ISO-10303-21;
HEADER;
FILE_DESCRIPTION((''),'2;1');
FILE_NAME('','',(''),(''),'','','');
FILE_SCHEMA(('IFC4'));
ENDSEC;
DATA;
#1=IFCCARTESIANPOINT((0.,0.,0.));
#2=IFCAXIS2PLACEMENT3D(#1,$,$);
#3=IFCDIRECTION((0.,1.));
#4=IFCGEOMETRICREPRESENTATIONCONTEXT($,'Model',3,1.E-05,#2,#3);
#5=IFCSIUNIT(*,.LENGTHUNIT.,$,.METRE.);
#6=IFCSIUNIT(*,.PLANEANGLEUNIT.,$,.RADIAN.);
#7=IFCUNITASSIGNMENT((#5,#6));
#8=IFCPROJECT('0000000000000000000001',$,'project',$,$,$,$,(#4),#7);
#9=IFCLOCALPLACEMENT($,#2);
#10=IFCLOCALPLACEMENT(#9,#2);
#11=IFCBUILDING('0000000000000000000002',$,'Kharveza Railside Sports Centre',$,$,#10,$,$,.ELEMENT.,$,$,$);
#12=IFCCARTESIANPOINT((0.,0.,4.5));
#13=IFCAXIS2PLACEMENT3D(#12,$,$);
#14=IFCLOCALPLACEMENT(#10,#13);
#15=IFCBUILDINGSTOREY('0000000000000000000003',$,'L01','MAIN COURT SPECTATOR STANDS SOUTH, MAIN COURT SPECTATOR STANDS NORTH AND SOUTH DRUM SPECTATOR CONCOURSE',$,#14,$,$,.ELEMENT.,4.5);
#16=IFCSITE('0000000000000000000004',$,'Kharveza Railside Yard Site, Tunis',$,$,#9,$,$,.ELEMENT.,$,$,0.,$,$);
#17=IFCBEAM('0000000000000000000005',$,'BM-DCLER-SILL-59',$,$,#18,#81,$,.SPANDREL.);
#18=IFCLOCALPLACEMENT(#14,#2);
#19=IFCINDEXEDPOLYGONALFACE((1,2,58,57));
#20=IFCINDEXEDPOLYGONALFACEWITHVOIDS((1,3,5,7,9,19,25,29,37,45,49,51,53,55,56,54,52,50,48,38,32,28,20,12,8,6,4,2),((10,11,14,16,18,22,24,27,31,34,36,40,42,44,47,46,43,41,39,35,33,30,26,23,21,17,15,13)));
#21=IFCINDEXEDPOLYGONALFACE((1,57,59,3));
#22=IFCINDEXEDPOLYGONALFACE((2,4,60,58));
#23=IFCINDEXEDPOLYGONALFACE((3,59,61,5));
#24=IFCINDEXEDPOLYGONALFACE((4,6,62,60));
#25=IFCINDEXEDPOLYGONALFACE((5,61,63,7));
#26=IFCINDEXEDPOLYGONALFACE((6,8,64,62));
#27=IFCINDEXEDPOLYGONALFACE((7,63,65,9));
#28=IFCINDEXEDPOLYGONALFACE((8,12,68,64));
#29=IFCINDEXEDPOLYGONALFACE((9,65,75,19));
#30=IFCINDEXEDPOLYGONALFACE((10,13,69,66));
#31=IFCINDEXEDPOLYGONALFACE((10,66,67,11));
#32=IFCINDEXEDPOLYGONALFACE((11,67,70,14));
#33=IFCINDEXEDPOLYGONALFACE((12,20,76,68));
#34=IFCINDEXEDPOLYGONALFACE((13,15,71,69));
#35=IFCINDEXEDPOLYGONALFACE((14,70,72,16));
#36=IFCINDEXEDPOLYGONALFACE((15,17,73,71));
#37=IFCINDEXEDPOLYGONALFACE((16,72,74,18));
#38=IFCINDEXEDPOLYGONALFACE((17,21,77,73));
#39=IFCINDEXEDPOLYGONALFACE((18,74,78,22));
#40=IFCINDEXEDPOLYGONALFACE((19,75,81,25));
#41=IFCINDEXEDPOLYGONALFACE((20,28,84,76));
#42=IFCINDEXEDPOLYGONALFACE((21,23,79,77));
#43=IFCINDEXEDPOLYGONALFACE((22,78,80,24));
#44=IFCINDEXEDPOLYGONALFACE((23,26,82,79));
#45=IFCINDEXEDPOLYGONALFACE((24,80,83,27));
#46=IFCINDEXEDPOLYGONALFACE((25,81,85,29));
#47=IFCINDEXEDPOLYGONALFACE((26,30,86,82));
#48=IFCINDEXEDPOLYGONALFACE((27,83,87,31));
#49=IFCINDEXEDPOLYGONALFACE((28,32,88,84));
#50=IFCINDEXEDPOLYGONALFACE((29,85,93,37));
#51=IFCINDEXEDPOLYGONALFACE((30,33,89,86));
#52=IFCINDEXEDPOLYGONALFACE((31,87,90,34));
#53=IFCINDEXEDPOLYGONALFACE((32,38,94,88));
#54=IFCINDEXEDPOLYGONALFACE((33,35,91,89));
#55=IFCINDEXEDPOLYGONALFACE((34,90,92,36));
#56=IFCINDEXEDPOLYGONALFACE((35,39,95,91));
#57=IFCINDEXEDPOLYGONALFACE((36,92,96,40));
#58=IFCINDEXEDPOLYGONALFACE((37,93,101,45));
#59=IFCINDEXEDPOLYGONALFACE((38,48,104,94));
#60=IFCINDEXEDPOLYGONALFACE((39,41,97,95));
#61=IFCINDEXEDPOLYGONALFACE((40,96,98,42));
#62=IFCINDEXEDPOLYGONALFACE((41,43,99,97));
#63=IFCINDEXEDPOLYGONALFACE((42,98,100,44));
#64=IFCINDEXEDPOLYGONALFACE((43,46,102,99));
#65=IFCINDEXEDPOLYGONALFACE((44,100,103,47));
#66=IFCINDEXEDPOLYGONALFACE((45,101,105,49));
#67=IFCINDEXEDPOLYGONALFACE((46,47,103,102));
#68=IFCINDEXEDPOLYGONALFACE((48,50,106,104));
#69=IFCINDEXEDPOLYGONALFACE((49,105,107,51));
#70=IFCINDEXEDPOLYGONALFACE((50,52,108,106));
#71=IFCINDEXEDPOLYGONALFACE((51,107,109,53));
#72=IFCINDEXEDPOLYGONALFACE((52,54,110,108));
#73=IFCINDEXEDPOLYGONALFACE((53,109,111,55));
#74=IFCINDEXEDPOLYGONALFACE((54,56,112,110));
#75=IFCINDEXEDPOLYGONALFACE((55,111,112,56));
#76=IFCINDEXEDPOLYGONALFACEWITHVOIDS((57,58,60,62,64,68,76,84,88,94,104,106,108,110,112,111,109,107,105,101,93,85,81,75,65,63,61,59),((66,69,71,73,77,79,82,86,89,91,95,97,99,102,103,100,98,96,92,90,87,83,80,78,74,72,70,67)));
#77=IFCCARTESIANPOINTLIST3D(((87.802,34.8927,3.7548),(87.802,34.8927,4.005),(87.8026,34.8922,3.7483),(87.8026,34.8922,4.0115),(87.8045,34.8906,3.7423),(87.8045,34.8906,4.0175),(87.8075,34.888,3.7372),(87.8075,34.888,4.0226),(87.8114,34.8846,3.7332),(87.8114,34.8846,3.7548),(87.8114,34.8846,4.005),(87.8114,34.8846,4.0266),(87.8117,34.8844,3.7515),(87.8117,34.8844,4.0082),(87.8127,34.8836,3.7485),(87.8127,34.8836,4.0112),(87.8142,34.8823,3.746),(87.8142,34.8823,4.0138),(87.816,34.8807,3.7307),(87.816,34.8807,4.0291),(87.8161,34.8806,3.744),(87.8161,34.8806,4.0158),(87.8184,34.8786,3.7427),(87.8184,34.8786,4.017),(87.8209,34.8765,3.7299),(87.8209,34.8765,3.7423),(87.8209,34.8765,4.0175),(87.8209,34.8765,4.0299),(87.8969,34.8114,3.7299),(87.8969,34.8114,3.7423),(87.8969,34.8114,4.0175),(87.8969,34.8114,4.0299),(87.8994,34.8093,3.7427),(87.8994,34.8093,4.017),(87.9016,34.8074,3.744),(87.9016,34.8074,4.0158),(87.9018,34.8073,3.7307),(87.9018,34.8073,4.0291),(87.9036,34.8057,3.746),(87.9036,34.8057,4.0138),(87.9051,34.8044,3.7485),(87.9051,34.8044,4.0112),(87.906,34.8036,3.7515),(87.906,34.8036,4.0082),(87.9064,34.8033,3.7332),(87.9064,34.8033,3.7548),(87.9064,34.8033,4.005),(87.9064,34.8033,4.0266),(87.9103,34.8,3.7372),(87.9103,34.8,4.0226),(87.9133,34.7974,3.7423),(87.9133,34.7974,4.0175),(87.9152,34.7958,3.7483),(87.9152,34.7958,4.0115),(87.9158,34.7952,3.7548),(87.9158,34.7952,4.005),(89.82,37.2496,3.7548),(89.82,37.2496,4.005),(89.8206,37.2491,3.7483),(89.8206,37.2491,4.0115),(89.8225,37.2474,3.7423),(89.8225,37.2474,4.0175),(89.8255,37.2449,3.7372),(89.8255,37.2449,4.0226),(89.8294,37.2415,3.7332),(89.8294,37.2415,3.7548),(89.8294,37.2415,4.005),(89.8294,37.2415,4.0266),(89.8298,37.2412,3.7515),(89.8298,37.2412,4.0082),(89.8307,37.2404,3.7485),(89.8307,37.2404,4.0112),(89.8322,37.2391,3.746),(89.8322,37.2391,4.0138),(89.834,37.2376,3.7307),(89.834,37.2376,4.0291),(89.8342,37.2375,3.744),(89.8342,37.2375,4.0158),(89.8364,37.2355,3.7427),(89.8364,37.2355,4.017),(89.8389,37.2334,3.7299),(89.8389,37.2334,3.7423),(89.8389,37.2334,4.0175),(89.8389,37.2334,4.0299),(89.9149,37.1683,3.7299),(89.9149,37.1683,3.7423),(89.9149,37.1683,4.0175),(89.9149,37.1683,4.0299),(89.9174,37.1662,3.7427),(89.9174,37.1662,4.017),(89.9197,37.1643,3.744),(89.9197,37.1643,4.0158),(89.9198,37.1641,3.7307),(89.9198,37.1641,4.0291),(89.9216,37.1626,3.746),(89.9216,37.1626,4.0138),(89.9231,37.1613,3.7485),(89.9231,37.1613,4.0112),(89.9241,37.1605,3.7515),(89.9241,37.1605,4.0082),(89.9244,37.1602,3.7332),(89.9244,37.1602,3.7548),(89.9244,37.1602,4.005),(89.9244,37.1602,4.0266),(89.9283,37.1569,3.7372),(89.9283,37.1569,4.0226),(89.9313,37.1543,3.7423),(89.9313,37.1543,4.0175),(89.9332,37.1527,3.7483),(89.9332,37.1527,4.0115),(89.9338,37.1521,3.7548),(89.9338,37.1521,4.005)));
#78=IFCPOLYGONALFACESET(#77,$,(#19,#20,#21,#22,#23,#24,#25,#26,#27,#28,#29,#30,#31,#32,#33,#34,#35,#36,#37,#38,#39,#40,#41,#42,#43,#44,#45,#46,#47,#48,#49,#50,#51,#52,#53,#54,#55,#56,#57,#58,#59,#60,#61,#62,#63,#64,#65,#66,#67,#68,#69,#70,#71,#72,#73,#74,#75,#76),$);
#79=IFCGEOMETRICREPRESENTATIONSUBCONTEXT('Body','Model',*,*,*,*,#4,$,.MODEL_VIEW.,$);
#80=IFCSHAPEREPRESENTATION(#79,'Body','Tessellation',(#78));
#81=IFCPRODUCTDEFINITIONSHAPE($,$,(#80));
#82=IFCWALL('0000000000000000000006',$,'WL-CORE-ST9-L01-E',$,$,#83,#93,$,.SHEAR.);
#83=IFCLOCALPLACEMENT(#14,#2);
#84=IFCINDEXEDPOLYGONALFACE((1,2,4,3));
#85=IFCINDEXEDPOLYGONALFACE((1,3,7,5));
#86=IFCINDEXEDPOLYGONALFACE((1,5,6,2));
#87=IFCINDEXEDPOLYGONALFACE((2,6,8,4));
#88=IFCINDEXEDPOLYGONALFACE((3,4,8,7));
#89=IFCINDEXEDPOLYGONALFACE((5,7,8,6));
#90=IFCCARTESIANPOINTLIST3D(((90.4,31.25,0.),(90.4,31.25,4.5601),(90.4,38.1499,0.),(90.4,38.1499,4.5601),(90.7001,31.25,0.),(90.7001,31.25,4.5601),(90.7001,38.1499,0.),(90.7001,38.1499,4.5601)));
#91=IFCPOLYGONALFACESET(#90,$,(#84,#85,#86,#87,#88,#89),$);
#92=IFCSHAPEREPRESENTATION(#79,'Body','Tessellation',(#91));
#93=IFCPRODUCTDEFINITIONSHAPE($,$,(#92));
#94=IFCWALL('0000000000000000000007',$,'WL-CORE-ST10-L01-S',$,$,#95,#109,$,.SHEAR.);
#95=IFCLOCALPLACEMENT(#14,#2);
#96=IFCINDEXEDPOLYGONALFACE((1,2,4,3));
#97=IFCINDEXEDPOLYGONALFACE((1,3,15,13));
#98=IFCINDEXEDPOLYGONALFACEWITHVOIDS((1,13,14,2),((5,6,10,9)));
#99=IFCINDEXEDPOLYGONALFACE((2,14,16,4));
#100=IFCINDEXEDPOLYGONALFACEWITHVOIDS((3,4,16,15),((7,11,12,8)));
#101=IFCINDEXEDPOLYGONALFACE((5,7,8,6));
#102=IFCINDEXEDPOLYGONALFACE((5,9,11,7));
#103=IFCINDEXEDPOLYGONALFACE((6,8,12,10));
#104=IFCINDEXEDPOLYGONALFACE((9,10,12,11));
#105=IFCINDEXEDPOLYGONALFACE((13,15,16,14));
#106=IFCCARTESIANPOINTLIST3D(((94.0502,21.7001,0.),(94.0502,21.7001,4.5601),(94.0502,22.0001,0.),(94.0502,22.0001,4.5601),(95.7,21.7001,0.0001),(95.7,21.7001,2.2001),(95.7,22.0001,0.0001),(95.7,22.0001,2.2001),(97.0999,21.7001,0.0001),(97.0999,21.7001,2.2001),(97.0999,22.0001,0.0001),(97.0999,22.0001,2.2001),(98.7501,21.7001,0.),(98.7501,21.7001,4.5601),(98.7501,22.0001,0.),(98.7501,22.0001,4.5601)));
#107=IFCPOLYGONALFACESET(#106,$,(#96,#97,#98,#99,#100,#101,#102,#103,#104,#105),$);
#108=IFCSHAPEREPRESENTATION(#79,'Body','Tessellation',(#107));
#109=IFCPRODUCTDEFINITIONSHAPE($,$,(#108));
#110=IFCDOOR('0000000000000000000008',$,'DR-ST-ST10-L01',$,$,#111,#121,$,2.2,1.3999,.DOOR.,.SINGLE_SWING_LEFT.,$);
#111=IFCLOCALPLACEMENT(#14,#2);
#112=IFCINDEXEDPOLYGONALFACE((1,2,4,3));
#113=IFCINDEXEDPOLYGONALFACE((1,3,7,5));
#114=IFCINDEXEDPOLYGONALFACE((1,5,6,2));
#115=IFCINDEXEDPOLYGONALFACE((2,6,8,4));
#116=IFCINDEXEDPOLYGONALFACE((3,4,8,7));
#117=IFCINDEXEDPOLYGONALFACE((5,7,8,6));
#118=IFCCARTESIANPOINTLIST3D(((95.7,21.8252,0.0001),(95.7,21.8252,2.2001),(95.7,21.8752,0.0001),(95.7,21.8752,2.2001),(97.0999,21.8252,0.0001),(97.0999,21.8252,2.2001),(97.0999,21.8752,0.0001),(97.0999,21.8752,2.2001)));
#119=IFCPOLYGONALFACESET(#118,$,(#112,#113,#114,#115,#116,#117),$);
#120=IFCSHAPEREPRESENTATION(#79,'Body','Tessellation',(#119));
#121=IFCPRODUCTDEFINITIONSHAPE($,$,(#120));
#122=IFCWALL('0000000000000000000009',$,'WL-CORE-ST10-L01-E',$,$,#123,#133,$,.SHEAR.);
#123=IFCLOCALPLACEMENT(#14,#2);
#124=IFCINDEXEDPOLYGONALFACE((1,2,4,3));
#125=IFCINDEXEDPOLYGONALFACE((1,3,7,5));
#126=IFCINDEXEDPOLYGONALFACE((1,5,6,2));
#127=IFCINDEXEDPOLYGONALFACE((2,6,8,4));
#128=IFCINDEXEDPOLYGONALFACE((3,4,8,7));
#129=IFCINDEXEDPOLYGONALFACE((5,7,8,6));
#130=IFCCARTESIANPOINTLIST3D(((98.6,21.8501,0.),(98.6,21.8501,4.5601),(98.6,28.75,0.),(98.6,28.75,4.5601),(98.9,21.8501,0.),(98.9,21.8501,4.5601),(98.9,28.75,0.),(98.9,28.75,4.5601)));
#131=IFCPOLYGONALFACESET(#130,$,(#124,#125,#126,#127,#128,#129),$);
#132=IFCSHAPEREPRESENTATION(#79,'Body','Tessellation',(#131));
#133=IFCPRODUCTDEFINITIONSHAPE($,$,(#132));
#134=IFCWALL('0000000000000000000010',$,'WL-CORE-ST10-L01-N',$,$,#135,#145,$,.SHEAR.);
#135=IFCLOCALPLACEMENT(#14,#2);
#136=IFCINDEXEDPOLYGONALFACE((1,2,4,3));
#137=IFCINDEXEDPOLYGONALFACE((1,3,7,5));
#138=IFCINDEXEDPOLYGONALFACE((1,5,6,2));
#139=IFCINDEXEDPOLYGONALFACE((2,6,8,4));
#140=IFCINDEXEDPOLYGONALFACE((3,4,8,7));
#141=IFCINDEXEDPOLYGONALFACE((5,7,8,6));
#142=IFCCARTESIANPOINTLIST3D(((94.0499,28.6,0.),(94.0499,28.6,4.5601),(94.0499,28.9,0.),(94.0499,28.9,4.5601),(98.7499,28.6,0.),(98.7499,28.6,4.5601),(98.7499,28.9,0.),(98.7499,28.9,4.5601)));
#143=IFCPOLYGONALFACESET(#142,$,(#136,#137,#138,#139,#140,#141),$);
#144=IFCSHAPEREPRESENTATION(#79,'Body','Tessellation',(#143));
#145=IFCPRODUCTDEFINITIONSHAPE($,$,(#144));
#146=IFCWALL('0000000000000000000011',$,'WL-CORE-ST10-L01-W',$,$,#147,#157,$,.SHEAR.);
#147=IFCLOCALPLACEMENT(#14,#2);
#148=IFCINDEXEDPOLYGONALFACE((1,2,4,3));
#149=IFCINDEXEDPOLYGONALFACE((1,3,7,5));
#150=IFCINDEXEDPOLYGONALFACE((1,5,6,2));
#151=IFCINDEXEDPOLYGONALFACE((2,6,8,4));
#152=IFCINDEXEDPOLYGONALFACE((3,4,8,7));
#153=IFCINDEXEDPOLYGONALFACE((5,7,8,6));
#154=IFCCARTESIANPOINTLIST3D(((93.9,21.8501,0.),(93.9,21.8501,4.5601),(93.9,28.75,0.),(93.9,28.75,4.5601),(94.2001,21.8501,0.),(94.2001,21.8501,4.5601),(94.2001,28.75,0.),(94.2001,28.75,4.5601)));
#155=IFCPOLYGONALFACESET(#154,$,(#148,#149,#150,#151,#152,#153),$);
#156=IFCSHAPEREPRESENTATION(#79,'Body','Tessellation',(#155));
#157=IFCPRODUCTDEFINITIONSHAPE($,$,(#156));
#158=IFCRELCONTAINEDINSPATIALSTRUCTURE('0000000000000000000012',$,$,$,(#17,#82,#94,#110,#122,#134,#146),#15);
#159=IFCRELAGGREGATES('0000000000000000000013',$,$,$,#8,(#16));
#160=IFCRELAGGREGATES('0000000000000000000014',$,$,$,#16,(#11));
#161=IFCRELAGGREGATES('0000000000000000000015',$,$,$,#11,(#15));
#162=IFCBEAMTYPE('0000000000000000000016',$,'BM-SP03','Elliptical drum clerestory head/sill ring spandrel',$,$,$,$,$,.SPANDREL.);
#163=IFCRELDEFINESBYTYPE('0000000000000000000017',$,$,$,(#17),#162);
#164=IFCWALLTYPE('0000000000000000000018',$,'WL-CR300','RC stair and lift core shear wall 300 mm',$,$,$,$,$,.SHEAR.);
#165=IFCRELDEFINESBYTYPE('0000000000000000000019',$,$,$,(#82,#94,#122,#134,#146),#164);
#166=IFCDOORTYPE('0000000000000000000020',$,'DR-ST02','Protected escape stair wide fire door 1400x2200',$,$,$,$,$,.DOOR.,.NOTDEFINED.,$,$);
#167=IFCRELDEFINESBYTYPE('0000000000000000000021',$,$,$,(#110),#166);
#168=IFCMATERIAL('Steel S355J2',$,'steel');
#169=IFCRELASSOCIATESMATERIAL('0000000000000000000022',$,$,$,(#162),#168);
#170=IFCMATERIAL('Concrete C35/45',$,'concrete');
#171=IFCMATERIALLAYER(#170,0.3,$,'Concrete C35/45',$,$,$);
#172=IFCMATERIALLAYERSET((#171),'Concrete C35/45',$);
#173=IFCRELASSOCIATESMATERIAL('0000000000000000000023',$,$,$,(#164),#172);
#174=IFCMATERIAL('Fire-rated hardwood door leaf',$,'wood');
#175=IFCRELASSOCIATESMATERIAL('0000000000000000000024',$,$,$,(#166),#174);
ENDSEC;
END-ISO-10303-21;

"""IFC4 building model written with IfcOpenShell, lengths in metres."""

from ifc_helpers import new_model, si_unit, direction, frame, frame_2d, origin, origin_2d, place, context, subcontext, project, spatial, rectangle, hollow_rectangle, extrude, material, layer, layer_set, material_profile, profile_set, type_object, element, fill, save


model = new_model("IFC4")

# Units and contexts
model_context = context("Model", 3, precision=1e-05, world=origin(), true_north=direction((0.0, 1.0)))
body_context = subcontext(model_context, "Body", "Model", "MODEL_VIEW")
ifc_project = project(units=[si_unit("LENGTHUNIT", "METRE"), si_unit("PLANEANGLEUNIT", "RADIAN")], contexts=[model_context])

# Site, building, storey
site_placement = place(None, origin())
site = spatial("IfcSite", under=ifc_project, at=site_placement, Name="Kharveza Railside Yard Site, Tunis", CompositionType="ELEMENT", RefElevation=0.0)
building_placement = place(site_placement, origin())
building = spatial("IfcBuilding", under=site, at=building_placement, Name="Kharveza Railside Sports Centre", CompositionType="ELEMENT")
storey_placement = place(building_placement, frame((0.0, 0.0, 4.5)))
storey = spatial("IfcBuildingStorey", under=building, at=storey_placement, Name="L01", Description="MAIN COURT SPECTATOR STANDS SOUTH, MAIN COURT SPECTATOR STANDS NORTH AND SOUTH DRUM SPECTATOR CONCOURSE", CompositionType="ELEMENT", Elevation=4.5)

# Shared definitions
ifc_material_1 = material(Name="Steel S355J2", Category="steel")

# Beam
ifc_material_profile_1 = material_profile(ifc_material_1, hollow_rectangle(XDim=0.1499, YDim=0.3, WallThickness=0.0125, InnerFilletRadius=0.0125, OuterFilletRadius=0.0249, at=origin_2d()), Name="RHS 150x300x12.5")
ifc_profile_set_1 = profile_set([ifc_material_profile_1], Name="Steel S355J2")
beam_type_1 = type_object("IfcBeamType", Name="BM-SP03", Description="Elliptical drum clerestory head/sill ring spandrel", PredefinedType="SPANDREL", material=ifc_profile_set_1)
beam_1_placement = place(storey_placement, frame((87.8589, 34.844, 3.8799), z_axis=(0.65039, 0.759601, 0.0), x_axis=(-0.759601, 0.65039, 0.0)))
element("IfcBeam", 1, at=beam_1_placement, inside=storey, type_object=beam_type_1, Name="BM-DCLER-SILL-59", PredefinedType="SPANDREL", context=body_context, shape_type="SweptSolid", body=[
    extrude(hollow_rectangle(XDim=0.1499, YDim=0.3, WallThickness=0.0125, InnerFilletRadius=0.0125, OuterFilletRadius=0.0249, at=origin_2d()), origin(), (0.0, 0.0, 1.0), 3.1028),
])

# Wall
ifc_material_2 = material(Name="Concrete C35/45", Category="concrete")
ifc_layer_1 = layer(ifc_material_2, 0.3, Name="Concrete C35/45")
ifc_layer_set_1 = layer_set([ifc_layer_1], Name="Concrete C35/45")
wall_type_1 = type_object("IfcWallType", Name="WL-CR300", Description="RC stair and lift core shear wall 300 mm", PredefinedType="SHEAR", material=ifc_layer_set_1)
wall_1_placement = place(storey_placement, frame((90.55, 31.25, 0.0), z_axis=(0.0, 0.0, 1.0), x_axis=(0.0, 1.0, 0.0)))
element("IfcWall", 2, at=wall_1_placement, inside=storey, type_object=wall_type_1, Name="WL-CORE-ST9-L01-E", PredefinedType="SHEAR", context=body_context, shape_type="SweptSolid", body=[
    extrude(rectangle(XDim=6.8999, YDim=0.3, at=frame_2d((3.45, 0.0))), origin(), (0.0, 0.0, 1.0), 4.5601),
])

# Wall, opening, door
wall_2_placement = place(storey_placement, frame((94.05, 21.8501, 0.0), z_axis=(0.0, 0.0, 1.0), x_axis=(1.0, 0.0, 0.0)))
wall_2 = element("IfcWall", 3, at=wall_2_placement, inside=storey, type_object=wall_type_1, Name="WL-CORE-ST10-L01-S", PredefinedType="SHEAR", context=body_context, shape_type="SweptSolid", body=[
    extrude(rectangle(XDim=4.7, YDim=0.3, at=frame_2d((2.3501, 0.0))), origin(), (0.0, 0.0, 1.0), 4.5601),
])
opening_1_placement = place(wall_2_placement, frame((1.6499, 0.0, 0.0)))
opening_1 = element("IfcOpeningElement", 4, at=opening_1_placement, cuts=wall_2, PredefinedType="OPENING", context=body_context, shape_type="SweptSolid", body=[
    extrude(rectangle(XDim=1.3999, YDim=2.2, at=frame_2d((0.7, 1.1001))), frame((0.0, 0.1748, 0.0), z_axis=(0.0, -1.0, 0.0), x_axis=(1.0, 0.0, 0.0)), (0.0, 0.0, 1.0), 0.3499),
])
ifc_material_3 = material(Name="Fire-rated hardwood door leaf", Category="wood")
door_type = type_object("IfcDoorType", Name="DR-ST02", Description="Protected escape stair wide fire door 1400x2200", OperationType="NOTDEFINED", PredefinedType="DOOR", material=ifc_material_3)
door_placement = place(opening_1_placement, frame((1.3999, 0.0, 0.0), z_axis=(0.0, 0.0, 1.0), x_axis=(-1.0, 0.0, 0.0)))
door = element("IfcDoor", 5, at=door_placement, inside=storey, type_object=door_type, Name="DR-ST-ST10-L01", OperationType="SINGLE_SWING_LEFT", OverallHeight=2.2, OverallWidth=1.3999, PredefinedType="DOOR", context=body_context, shape_type="SweptSolid", body=[
    extrude(rectangle(XDim=1.3999, YDim=2.2, at=frame_2d((0.7, 1.1001))), frame((0.0, 0.0249, 0.0), z_axis=(0.0, -1.0, 0.0), x_axis=(1.0, 0.0, 0.0)), (0.0, 0.0, 1.0), 0.05),
])
fill(opening_1, door)

# Walls
wall_3_placement = place(storey_placement, frame((98.75, 21.8501, 0.0), z_axis=(0.0, 0.0, 1.0), x_axis=(0.0, 1.0, 0.0)))
element("IfcWall", 6, at=wall_3_placement, inside=storey, type_object=wall_type_1, Name="WL-CORE-ST10-L01-E", PredefinedType="SHEAR", context=body_context, shape_type="SweptSolid", body=[
    extrude(rectangle(XDim=6.8999, YDim=0.3, at=frame_2d((3.45, 0.0))), origin(), (0.0, 0.0, 1.0), 4.5601),
])
wall_4_placement = place(storey_placement, frame((98.75, 28.75, 0.0), z_axis=(0.0, 0.0, 1.0), x_axis=(-1.0, 0.0, 0.0)))
element("IfcWall", 7, at=wall_4_placement, inside=storey, type_object=wall_type_1, Name="WL-CORE-ST10-L01-N", PredefinedType="SHEAR", context=body_context, shape_type="SweptSolid", body=[
    extrude(rectangle(XDim=4.7, YDim=0.3, at=frame_2d((2.3501, 0.0))), origin(), (0.0, 0.0, 1.0), 4.5601),
])
wall_5_placement = place(storey_placement, frame((94.05, 28.75, 0.0), z_axis=(0.0, 0.0, 1.0), x_axis=(0.0, -1.0, 0.0)))
element("IfcWall", 8, at=wall_5_placement, inside=storey, type_object=wall_type_1, Name="WL-CORE-ST10-L01-W", PredefinedType="SHEAR", context=body_context, shape_type="SweptSolid", body=[
    extrude(rectangle(XDim=6.8999, YDim=0.3, at=frame_2d((3.45, 0.0))), origin(), (0.0, 0.0, 1.0), 4.5601),
])

save(model, "model.ifc")
